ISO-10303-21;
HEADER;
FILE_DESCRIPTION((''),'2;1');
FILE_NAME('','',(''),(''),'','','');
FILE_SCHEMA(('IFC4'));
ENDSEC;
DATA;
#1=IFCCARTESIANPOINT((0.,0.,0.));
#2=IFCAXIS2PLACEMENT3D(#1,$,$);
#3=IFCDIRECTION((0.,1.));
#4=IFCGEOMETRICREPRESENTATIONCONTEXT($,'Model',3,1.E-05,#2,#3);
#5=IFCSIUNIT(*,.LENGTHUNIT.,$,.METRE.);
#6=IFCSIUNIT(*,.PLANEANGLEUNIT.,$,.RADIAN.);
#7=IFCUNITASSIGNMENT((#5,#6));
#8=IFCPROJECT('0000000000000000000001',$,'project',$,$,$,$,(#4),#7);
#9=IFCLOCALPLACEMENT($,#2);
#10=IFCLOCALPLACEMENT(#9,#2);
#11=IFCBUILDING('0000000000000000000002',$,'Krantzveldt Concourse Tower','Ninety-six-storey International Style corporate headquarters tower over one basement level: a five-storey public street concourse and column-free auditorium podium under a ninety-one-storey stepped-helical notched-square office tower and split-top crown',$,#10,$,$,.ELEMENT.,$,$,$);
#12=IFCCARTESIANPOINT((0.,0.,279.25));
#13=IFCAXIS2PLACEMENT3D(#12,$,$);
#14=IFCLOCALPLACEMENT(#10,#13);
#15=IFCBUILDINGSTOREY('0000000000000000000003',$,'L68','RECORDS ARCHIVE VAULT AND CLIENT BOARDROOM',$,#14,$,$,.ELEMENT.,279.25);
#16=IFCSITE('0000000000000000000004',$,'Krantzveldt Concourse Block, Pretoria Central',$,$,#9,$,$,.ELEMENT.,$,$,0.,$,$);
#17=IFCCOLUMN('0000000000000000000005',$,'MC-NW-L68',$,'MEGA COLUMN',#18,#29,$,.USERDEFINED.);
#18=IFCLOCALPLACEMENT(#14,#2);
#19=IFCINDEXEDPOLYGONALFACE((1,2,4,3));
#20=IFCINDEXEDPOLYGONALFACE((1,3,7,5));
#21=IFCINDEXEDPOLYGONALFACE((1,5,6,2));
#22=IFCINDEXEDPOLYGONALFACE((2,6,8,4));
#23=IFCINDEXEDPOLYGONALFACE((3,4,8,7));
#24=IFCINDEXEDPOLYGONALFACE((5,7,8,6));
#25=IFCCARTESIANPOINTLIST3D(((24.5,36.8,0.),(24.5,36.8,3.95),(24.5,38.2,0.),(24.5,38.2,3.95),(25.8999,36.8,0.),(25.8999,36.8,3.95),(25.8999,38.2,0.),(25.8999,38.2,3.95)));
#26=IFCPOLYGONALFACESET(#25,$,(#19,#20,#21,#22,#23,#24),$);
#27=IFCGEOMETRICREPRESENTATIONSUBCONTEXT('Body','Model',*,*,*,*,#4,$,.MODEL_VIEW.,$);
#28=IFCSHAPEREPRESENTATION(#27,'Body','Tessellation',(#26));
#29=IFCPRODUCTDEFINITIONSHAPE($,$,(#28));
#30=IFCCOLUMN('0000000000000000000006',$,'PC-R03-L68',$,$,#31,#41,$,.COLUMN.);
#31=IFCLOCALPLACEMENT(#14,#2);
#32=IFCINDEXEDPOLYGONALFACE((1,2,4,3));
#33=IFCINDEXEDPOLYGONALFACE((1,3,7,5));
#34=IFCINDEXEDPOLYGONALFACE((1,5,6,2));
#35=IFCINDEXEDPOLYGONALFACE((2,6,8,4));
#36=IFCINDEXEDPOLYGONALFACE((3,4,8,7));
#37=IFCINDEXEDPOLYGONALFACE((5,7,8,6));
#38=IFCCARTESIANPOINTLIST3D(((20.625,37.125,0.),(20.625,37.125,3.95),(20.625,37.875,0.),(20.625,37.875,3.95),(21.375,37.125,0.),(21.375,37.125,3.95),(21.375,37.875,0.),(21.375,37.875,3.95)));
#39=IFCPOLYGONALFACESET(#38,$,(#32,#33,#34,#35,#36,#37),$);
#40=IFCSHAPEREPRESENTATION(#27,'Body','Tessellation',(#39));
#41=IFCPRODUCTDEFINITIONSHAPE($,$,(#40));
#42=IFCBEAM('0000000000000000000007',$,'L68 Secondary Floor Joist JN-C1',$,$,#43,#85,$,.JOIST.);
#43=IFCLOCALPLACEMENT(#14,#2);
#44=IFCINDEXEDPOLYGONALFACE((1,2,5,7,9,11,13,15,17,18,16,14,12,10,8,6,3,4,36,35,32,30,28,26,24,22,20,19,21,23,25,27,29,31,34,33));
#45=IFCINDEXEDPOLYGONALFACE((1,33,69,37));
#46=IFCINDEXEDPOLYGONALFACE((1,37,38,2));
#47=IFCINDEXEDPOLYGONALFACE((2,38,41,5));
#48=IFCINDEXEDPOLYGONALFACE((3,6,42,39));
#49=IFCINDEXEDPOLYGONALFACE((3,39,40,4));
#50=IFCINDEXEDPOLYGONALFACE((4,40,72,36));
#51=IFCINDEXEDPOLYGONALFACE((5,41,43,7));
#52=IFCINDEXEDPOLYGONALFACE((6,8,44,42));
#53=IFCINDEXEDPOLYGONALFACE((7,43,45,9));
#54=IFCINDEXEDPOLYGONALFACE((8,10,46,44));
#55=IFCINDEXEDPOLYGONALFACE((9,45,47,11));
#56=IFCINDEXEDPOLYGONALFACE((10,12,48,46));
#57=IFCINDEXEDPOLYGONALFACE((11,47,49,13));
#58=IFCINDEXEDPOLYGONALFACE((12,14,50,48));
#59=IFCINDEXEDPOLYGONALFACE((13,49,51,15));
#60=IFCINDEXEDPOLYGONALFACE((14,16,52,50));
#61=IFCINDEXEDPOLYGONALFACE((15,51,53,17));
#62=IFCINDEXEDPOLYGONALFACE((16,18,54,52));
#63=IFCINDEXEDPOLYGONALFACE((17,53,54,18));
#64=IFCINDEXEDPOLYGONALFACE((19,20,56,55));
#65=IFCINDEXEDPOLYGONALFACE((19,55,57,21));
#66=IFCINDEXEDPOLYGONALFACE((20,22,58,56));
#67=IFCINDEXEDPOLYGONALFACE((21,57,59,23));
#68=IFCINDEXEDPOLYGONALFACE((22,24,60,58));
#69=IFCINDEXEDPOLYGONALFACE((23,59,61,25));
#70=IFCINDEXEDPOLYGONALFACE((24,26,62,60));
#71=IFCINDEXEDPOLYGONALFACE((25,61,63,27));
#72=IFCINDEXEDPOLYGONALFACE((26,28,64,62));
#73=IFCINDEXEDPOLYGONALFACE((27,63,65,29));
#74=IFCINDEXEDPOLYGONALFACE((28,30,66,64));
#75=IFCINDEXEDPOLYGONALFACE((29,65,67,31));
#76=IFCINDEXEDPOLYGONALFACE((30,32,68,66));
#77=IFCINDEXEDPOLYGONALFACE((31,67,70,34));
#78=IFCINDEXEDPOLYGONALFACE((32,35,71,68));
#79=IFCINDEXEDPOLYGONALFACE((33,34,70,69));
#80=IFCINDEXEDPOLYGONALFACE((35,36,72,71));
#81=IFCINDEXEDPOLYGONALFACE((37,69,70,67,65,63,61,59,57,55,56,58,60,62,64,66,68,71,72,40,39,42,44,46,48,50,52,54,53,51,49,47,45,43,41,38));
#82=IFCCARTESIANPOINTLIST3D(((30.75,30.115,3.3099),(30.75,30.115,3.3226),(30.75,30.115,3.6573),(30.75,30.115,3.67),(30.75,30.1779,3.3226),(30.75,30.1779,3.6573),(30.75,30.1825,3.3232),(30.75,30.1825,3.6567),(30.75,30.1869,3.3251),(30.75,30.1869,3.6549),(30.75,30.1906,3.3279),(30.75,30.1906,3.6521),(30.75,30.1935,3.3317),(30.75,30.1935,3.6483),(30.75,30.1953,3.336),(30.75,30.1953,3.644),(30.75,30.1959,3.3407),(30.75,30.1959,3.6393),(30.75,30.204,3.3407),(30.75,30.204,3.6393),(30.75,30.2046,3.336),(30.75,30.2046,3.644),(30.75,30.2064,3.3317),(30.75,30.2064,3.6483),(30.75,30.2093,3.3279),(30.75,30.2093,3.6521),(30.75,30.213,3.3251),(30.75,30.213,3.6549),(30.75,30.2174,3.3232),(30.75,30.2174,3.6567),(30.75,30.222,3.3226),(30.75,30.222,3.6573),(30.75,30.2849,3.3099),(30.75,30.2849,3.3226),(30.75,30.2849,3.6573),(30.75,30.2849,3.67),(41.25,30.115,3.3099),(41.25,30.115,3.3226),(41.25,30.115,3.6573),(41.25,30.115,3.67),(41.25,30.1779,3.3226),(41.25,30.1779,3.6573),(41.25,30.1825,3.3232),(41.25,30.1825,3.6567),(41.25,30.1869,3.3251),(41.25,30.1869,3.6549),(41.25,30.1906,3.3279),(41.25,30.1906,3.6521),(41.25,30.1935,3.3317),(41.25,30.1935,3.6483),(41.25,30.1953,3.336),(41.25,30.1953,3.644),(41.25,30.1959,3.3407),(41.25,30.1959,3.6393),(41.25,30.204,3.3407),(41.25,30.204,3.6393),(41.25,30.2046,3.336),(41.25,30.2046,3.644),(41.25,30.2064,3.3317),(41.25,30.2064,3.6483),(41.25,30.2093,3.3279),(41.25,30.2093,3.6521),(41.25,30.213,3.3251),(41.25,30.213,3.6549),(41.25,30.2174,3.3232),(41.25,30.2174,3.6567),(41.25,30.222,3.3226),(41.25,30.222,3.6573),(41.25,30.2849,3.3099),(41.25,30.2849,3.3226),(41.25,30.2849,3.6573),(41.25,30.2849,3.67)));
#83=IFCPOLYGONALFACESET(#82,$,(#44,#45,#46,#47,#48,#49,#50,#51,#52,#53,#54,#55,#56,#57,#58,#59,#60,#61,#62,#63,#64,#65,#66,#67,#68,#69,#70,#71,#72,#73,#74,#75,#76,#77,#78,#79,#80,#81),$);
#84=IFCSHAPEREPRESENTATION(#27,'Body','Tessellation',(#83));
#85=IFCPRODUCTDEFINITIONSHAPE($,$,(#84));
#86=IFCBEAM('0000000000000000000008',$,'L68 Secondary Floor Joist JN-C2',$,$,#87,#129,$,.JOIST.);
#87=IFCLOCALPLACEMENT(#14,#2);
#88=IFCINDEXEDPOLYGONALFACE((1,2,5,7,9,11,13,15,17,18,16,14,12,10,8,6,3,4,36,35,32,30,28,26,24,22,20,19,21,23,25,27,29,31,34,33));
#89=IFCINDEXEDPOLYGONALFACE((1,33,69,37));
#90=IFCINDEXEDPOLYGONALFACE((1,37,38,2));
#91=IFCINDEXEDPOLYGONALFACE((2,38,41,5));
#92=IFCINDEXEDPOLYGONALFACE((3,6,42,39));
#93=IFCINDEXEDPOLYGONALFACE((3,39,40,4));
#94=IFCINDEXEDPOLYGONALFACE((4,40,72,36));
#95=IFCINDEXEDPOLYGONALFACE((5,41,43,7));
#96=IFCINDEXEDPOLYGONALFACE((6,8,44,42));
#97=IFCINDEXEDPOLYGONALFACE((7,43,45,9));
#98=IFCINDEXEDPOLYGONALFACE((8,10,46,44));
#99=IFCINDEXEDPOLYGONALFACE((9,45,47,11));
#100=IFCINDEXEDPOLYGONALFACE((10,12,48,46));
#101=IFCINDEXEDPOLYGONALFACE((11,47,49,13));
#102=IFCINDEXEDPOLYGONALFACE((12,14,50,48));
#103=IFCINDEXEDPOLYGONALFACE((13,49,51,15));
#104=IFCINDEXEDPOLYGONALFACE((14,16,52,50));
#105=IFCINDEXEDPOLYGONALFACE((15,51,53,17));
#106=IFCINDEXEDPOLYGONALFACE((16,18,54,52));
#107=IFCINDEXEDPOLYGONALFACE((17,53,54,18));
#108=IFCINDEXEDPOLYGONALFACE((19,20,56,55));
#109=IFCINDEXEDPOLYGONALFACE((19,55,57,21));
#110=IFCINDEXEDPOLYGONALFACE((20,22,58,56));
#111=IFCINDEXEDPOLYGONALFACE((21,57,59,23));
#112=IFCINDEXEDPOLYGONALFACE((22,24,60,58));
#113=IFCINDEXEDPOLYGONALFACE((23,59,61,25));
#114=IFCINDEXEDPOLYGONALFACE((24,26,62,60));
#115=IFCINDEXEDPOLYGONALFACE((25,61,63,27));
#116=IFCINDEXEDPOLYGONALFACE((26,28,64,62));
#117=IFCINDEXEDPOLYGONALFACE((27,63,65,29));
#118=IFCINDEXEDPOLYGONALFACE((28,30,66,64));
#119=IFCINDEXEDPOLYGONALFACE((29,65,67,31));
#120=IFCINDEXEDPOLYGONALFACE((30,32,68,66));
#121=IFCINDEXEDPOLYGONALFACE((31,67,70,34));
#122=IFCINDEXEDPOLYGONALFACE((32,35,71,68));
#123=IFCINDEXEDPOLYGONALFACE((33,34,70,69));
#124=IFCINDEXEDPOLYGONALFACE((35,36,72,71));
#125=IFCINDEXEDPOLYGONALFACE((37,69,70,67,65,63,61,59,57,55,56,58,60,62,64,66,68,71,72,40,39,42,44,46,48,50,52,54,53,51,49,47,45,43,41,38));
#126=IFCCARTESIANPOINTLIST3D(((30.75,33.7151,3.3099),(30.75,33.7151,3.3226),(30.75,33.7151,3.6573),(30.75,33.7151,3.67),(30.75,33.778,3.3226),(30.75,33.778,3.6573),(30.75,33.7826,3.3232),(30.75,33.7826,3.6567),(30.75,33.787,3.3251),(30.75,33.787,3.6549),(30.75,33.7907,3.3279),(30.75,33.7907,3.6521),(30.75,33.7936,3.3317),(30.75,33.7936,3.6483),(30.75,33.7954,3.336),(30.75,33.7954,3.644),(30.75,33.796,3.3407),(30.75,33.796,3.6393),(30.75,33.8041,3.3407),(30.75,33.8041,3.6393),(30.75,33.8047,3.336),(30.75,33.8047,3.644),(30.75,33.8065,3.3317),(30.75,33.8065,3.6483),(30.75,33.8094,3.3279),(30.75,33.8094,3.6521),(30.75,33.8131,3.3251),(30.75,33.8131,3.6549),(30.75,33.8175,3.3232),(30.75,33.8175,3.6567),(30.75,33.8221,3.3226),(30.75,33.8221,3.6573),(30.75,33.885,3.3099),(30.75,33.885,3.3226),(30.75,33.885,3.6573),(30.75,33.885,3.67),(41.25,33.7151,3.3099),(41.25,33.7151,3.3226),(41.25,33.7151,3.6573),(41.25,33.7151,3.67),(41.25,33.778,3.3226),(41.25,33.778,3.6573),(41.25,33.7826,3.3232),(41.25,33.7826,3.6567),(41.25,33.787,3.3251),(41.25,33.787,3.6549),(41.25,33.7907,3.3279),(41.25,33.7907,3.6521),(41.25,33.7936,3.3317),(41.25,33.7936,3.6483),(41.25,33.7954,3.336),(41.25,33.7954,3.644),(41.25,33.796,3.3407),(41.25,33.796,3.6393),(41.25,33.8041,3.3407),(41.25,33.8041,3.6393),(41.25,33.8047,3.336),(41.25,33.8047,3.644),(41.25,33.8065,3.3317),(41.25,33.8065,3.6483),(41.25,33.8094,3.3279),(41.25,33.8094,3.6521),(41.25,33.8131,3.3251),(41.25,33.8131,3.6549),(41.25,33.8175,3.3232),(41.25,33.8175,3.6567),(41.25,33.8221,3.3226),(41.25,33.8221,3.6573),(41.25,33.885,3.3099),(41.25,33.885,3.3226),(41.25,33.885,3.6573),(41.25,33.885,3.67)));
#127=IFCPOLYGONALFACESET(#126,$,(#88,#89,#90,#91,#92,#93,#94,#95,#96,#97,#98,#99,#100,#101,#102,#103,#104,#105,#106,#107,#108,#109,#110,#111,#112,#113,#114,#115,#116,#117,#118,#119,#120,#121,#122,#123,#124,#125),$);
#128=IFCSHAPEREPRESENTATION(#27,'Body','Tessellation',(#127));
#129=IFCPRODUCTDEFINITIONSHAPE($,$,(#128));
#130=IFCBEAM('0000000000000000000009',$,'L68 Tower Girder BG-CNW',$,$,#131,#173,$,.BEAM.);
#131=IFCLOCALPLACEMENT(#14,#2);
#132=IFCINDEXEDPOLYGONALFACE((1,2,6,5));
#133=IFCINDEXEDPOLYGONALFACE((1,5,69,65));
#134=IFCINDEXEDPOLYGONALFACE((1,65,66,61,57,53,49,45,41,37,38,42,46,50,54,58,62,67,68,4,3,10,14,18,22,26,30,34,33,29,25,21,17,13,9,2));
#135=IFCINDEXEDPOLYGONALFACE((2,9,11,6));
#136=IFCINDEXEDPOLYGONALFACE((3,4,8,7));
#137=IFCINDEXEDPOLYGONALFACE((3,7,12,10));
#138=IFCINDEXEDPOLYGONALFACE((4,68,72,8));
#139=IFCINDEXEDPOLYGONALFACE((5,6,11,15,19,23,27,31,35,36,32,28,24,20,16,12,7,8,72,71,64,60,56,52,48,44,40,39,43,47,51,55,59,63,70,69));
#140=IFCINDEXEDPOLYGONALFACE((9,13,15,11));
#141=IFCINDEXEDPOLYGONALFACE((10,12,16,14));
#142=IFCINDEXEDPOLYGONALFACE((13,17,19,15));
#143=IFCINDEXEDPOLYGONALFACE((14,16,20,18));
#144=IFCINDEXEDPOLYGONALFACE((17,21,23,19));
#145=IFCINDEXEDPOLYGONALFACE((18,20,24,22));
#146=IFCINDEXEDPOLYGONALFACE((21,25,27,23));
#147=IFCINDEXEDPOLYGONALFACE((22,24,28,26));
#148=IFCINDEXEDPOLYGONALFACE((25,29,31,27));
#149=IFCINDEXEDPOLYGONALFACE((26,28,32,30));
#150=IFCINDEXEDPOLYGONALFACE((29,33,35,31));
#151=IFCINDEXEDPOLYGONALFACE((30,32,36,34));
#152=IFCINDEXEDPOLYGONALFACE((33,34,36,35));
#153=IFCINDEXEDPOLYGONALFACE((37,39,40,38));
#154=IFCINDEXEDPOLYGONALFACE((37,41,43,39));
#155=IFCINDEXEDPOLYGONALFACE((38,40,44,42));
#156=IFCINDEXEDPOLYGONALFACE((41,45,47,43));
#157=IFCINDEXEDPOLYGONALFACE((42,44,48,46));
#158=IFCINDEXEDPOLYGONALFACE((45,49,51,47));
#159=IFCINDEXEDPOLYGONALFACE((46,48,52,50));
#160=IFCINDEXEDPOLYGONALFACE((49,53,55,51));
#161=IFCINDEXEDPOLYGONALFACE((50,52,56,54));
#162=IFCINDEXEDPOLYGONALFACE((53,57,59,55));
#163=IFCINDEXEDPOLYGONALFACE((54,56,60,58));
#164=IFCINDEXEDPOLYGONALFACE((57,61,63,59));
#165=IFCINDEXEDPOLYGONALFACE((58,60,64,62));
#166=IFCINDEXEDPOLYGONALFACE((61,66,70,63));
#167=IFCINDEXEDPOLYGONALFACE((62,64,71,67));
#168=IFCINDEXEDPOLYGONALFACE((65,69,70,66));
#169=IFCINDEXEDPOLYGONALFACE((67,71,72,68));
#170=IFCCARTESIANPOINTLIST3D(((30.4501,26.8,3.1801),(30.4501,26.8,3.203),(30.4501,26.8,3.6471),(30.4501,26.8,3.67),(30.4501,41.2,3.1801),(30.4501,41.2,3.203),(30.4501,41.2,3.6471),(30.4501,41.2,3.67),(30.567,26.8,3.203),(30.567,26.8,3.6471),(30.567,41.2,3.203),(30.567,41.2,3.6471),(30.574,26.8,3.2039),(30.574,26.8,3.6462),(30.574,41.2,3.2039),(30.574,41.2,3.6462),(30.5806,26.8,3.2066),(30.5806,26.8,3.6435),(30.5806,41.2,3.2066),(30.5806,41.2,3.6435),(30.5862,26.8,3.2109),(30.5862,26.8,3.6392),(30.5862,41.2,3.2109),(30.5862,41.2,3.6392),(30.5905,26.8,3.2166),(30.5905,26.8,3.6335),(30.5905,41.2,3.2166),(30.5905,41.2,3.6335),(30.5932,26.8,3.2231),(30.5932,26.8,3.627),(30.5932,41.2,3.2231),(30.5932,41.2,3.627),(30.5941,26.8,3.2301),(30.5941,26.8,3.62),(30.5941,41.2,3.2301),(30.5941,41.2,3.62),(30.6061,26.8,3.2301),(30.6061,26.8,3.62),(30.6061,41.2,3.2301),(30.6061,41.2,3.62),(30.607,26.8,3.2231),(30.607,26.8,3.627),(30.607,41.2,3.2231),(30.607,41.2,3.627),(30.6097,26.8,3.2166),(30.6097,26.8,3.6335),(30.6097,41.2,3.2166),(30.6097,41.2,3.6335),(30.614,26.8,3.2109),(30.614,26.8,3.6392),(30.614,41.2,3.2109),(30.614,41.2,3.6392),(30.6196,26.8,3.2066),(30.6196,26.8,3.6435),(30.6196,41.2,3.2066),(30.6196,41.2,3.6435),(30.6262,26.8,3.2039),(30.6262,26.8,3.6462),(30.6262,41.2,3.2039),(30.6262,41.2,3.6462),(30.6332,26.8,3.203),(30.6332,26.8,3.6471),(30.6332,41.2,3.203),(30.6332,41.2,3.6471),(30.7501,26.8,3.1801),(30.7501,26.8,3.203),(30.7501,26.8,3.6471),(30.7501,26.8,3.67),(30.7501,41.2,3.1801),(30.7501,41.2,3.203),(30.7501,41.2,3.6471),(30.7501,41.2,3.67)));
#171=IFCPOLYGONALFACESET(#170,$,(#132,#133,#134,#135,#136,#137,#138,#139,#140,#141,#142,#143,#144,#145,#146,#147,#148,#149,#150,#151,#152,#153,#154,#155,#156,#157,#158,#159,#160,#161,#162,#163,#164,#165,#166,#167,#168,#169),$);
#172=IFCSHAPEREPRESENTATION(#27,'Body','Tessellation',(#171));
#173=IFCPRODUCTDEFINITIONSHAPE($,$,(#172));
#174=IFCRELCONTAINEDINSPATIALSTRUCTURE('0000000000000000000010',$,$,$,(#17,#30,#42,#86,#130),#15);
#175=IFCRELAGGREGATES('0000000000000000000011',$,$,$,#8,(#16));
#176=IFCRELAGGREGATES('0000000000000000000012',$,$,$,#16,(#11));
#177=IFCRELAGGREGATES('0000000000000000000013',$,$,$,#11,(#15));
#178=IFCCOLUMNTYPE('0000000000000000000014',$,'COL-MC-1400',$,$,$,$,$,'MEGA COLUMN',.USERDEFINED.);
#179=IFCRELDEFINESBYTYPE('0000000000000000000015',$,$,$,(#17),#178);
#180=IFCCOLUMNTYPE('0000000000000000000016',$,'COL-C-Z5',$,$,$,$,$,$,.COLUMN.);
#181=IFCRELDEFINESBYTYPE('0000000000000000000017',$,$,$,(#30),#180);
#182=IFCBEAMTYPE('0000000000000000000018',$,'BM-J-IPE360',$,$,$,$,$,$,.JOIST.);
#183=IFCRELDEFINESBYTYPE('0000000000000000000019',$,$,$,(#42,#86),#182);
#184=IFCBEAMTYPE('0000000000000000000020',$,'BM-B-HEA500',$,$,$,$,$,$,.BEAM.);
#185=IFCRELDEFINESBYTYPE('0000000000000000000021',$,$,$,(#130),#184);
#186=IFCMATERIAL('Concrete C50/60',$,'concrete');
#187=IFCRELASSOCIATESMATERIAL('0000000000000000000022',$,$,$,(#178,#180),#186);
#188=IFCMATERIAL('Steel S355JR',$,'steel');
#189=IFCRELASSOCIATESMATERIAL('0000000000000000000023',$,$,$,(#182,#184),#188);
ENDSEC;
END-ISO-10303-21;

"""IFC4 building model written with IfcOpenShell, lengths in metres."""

from ifc_helpers import new_model, si_unit, direction, frame, origin, origin_2d, place, context, subcontext, project, spatial, rectangle, i_section, extrude, source, transform, mapped, material, material_profile, profile_set, type_object, type_shapes, element, save


model = new_model("IFC4")

# Units and contexts
model_context = context("Model", 3, precision=1e-05, world=origin(), true_north=direction((0.0, 1.0)))
body_context = subcontext(model_context, "Body", "Model", "MODEL_VIEW")
ifc_project = project(units=[si_unit("LENGTHUNIT", "METRE"), si_unit("PLANEANGLEUNIT", "RADIAN")], contexts=[model_context])

# Site, building, storey
site_placement = place(None, origin())
site = spatial("IfcSite", under=ifc_project, at=site_placement, Name="Krantzveldt Concourse Block, Pretoria Central", CompositionType="ELEMENT", RefElevation=0.0)
building_placement = place(site_placement, origin())
building = spatial("IfcBuilding", under=site, at=building_placement, Name="Krantzveldt Concourse Tower", Description="Ninety-six-storey International Style corporate headquarters tower over one basement level: a five-storey public street concourse and column-free auditorium podium under a ninety-one-storey stepped-helical notched-square office tower and split-top crown", CompositionType="ELEMENT")
storey_placement = place(building_placement, frame((0.0, 0.0, 279.25)))
storey = spatial("IfcBuildingStorey", under=building, at=storey_placement, Name="L68", Description="RECORDS ARCHIVE VAULT AND CLIENT BOARDROOM", CompositionType="ELEMENT", Elevation=279.25)

# Columns
ifc_material_1 = material(Name="Concrete C50/60", Category="concrete")
ifc_material_profile_1 = material_profile(ifc_material_1, rectangle(XDim=1.3999, YDim=1.3999, at=origin_2d()), Name="Concrete C50/60", Category="concrete")
ifc_profile_set_1 = profile_set([ifc_material_profile_1], Name="Concrete C50/60 - RC 1400x1400")
column_type_1 = type_object("IfcColumnType", Name="COL-MC-1400", ElementType="MEGA COLUMN", PredefinedType="USERDEFINED", material=ifc_profile_set_1)
shared_shape_1 = source(origin(), body_context, "Body", "SweptSolid", [
    extrude(rectangle(XDim=1.3999, YDim=1.3999, at=origin_2d()), origin(), (0.0, 0.0, 1.0), 3.95),
])
type_shapes(column_type_1, [shared_shape_1])
column_1_placement = place(storey_placement, frame((25.2, 37.5, 0.0), z_axis=(0.0, 0.0, 1.0), x_axis=(1.0, 0.0, 0.0)))
element("IfcColumn", 1, at=column_1_placement, inside=storey, type_object=column_type_1, Name="MC-NW-L68", ObjectType="MEGA COLUMN", PredefinedType="USERDEFINED", context=body_context, shape_type="MappedRepresentation", body=[
    mapped(shared_shape_1, transform((0.0, 0.0, 0.0), x_axis=(1.0, 0.0, 0.0), y_axis=(0.0, 1.0, 0.0), z_axis=(0.0, 0.0, 1.0), scale=1.0)),
])
ifc_material_profile_2 = material_profile(ifc_material_1, rectangle(XDim=0.75, YDim=0.75, at=origin_2d()), Name="Concrete C50/60", Category="concrete")
ifc_profile_set_2 = profile_set([ifc_material_profile_2], Name="Concrete C50/60 - RC 750x750")
column_type_2 = type_object("IfcColumnType", Name="COL-C-Z5", PredefinedType="COLUMN", material=ifc_profile_set_2)
shared_shape_2 = source(origin(), body_context, "Body", "SweptSolid", [
    extrude(rectangle(XDim=0.75, YDim=0.75, at=origin_2d()), origin(), (0.0, 0.0, 1.0), 3.95),
])
type_shapes(column_type_2, [shared_shape_2])
column_2_placement = place(storey_placement, frame((21.0, 37.5, 0.0), z_axis=(0.0, 0.0, 1.0), x_axis=(1.0, 0.0, 0.0)))
element("IfcColumn", 2, at=column_2_placement, inside=storey, type_object=column_type_2, Name="PC-R03-L68", PredefinedType="COLUMN", context=body_context, shape_type="MappedRepresentation", body=[
    mapped(shared_shape_2, transform((0.0, 0.0, 0.0), x_axis=(1.0, 0.0, 0.0), y_axis=(0.0, 1.0, 0.0), z_axis=(0.0, 0.0, 1.0), scale=1.0)),
])

# Beams
ifc_material_2 = material(Name="Steel S355JR", Category="steel")
ifc_material_profile_3 = material_profile(ifc_material_2, i_section(OverallWidth=0.1699, OverallDepth=0.3601, WebThickness=0.0081, FlangeThickness=0.0127, FilletRadius=0.0181, at=origin_2d()), Name="Steel S355JR", Category="steel")
ifc_profile_set_3 = profile_set([ifc_material_profile_3], Name="Steel S355JR - IPE 360")
beam_type_1 = type_object("IfcBeamType", Name="BM-J-IPE360", PredefinedType="JOIST", material=ifc_profile_set_3)
shared_shape_3 = source(origin(), body_context, "Body", "SweptSolid", [
    extrude(i_section(OverallWidth=0.1699, OverallDepth=0.3601, WebThickness=0.0081, FlangeThickness=0.0127, FilletRadius=0.0181, at=origin_2d()), origin(), (0.0, 0.0, 1.0), 10.5),
])
for number, where, z_axis, x_axis, name in (
    (3, (30.75, 30.2, 3.49), (1.0, 0.0, 0.0), (0.0, 1.0, 0.0), "L68 Secondary Floor Joist JN-C1"),
    (4, (30.75, 33.8, 3.49), (1.0, 0.0, 0.0), (0.0, 1.0, 0.0), "L68 Secondary Floor Joist JN-C2"),
):
    element("IfcBeam", number, at=place(storey_placement, frame(where, z_axis=z_axis, x_axis=x_axis)), inside=storey, type_object=beam_type_1, Name=name, PredefinedType="JOIST", context=body_context, shape_type="MappedRepresentation", body=[
        mapped(shared_shape_3, transform((0.0, 0.0, 0.0), x_axis=(1.0, 0.0, 0.0), y_axis=(0.0, 1.0, 0.0), z_axis=(0.0, 0.0, 1.0), scale=1.0)),
    ])
ifc_material_profile_4 = material_profile(ifc_material_2, i_section(OverallWidth=0.3, OverallDepth=0.49, WebThickness=0.012, FlangeThickness=0.0229, FilletRadius=0.0271, at=origin_2d()), Name="Steel S355JR", Category="steel")
ifc_profile_set_4 = profile_set([ifc_material_profile_4], Name="Steel S355JR - HEA 500")
beam_type_2 = type_object("IfcBeamType", Name="BM-B-HEA500", PredefinedType="BEAM", material=ifc_profile_set_4)
shared_shape_4 = source(origin(), body_context, "Body", "SweptSolid", [
    extrude(i_section(OverallWidth=0.3, OverallDepth=0.49, WebThickness=0.012, FlangeThickness=0.0229, FilletRadius=0.0271, at=origin_2d()), origin(), (0.0, 0.0, 1.0), 14.3999),
])
beam_1_placement = place(storey_placement, frame((30.6001, 26.8, 3.425), z_axis=(0.0, 1.0, 0.0), x_axis=(-1.0, 0.0, 0.0)))
element("IfcBeam", 5, at=beam_1_placement, inside=storey, type_object=beam_type_2, Name="L68 Tower Girder BG-CNW", PredefinedType="BEAM", context=body_context, shape_type="MappedRepresentation", body=[
    mapped(shared_shape_4, transform((0.0, 0.0, 0.0), x_axis=(1.0, 0.0, 0.0), y_axis=(0.0, 1.0, 0.0), z_axis=(0.0, 0.0, 1.0), scale=1.0)),
])

save(model, "model.ifc")
